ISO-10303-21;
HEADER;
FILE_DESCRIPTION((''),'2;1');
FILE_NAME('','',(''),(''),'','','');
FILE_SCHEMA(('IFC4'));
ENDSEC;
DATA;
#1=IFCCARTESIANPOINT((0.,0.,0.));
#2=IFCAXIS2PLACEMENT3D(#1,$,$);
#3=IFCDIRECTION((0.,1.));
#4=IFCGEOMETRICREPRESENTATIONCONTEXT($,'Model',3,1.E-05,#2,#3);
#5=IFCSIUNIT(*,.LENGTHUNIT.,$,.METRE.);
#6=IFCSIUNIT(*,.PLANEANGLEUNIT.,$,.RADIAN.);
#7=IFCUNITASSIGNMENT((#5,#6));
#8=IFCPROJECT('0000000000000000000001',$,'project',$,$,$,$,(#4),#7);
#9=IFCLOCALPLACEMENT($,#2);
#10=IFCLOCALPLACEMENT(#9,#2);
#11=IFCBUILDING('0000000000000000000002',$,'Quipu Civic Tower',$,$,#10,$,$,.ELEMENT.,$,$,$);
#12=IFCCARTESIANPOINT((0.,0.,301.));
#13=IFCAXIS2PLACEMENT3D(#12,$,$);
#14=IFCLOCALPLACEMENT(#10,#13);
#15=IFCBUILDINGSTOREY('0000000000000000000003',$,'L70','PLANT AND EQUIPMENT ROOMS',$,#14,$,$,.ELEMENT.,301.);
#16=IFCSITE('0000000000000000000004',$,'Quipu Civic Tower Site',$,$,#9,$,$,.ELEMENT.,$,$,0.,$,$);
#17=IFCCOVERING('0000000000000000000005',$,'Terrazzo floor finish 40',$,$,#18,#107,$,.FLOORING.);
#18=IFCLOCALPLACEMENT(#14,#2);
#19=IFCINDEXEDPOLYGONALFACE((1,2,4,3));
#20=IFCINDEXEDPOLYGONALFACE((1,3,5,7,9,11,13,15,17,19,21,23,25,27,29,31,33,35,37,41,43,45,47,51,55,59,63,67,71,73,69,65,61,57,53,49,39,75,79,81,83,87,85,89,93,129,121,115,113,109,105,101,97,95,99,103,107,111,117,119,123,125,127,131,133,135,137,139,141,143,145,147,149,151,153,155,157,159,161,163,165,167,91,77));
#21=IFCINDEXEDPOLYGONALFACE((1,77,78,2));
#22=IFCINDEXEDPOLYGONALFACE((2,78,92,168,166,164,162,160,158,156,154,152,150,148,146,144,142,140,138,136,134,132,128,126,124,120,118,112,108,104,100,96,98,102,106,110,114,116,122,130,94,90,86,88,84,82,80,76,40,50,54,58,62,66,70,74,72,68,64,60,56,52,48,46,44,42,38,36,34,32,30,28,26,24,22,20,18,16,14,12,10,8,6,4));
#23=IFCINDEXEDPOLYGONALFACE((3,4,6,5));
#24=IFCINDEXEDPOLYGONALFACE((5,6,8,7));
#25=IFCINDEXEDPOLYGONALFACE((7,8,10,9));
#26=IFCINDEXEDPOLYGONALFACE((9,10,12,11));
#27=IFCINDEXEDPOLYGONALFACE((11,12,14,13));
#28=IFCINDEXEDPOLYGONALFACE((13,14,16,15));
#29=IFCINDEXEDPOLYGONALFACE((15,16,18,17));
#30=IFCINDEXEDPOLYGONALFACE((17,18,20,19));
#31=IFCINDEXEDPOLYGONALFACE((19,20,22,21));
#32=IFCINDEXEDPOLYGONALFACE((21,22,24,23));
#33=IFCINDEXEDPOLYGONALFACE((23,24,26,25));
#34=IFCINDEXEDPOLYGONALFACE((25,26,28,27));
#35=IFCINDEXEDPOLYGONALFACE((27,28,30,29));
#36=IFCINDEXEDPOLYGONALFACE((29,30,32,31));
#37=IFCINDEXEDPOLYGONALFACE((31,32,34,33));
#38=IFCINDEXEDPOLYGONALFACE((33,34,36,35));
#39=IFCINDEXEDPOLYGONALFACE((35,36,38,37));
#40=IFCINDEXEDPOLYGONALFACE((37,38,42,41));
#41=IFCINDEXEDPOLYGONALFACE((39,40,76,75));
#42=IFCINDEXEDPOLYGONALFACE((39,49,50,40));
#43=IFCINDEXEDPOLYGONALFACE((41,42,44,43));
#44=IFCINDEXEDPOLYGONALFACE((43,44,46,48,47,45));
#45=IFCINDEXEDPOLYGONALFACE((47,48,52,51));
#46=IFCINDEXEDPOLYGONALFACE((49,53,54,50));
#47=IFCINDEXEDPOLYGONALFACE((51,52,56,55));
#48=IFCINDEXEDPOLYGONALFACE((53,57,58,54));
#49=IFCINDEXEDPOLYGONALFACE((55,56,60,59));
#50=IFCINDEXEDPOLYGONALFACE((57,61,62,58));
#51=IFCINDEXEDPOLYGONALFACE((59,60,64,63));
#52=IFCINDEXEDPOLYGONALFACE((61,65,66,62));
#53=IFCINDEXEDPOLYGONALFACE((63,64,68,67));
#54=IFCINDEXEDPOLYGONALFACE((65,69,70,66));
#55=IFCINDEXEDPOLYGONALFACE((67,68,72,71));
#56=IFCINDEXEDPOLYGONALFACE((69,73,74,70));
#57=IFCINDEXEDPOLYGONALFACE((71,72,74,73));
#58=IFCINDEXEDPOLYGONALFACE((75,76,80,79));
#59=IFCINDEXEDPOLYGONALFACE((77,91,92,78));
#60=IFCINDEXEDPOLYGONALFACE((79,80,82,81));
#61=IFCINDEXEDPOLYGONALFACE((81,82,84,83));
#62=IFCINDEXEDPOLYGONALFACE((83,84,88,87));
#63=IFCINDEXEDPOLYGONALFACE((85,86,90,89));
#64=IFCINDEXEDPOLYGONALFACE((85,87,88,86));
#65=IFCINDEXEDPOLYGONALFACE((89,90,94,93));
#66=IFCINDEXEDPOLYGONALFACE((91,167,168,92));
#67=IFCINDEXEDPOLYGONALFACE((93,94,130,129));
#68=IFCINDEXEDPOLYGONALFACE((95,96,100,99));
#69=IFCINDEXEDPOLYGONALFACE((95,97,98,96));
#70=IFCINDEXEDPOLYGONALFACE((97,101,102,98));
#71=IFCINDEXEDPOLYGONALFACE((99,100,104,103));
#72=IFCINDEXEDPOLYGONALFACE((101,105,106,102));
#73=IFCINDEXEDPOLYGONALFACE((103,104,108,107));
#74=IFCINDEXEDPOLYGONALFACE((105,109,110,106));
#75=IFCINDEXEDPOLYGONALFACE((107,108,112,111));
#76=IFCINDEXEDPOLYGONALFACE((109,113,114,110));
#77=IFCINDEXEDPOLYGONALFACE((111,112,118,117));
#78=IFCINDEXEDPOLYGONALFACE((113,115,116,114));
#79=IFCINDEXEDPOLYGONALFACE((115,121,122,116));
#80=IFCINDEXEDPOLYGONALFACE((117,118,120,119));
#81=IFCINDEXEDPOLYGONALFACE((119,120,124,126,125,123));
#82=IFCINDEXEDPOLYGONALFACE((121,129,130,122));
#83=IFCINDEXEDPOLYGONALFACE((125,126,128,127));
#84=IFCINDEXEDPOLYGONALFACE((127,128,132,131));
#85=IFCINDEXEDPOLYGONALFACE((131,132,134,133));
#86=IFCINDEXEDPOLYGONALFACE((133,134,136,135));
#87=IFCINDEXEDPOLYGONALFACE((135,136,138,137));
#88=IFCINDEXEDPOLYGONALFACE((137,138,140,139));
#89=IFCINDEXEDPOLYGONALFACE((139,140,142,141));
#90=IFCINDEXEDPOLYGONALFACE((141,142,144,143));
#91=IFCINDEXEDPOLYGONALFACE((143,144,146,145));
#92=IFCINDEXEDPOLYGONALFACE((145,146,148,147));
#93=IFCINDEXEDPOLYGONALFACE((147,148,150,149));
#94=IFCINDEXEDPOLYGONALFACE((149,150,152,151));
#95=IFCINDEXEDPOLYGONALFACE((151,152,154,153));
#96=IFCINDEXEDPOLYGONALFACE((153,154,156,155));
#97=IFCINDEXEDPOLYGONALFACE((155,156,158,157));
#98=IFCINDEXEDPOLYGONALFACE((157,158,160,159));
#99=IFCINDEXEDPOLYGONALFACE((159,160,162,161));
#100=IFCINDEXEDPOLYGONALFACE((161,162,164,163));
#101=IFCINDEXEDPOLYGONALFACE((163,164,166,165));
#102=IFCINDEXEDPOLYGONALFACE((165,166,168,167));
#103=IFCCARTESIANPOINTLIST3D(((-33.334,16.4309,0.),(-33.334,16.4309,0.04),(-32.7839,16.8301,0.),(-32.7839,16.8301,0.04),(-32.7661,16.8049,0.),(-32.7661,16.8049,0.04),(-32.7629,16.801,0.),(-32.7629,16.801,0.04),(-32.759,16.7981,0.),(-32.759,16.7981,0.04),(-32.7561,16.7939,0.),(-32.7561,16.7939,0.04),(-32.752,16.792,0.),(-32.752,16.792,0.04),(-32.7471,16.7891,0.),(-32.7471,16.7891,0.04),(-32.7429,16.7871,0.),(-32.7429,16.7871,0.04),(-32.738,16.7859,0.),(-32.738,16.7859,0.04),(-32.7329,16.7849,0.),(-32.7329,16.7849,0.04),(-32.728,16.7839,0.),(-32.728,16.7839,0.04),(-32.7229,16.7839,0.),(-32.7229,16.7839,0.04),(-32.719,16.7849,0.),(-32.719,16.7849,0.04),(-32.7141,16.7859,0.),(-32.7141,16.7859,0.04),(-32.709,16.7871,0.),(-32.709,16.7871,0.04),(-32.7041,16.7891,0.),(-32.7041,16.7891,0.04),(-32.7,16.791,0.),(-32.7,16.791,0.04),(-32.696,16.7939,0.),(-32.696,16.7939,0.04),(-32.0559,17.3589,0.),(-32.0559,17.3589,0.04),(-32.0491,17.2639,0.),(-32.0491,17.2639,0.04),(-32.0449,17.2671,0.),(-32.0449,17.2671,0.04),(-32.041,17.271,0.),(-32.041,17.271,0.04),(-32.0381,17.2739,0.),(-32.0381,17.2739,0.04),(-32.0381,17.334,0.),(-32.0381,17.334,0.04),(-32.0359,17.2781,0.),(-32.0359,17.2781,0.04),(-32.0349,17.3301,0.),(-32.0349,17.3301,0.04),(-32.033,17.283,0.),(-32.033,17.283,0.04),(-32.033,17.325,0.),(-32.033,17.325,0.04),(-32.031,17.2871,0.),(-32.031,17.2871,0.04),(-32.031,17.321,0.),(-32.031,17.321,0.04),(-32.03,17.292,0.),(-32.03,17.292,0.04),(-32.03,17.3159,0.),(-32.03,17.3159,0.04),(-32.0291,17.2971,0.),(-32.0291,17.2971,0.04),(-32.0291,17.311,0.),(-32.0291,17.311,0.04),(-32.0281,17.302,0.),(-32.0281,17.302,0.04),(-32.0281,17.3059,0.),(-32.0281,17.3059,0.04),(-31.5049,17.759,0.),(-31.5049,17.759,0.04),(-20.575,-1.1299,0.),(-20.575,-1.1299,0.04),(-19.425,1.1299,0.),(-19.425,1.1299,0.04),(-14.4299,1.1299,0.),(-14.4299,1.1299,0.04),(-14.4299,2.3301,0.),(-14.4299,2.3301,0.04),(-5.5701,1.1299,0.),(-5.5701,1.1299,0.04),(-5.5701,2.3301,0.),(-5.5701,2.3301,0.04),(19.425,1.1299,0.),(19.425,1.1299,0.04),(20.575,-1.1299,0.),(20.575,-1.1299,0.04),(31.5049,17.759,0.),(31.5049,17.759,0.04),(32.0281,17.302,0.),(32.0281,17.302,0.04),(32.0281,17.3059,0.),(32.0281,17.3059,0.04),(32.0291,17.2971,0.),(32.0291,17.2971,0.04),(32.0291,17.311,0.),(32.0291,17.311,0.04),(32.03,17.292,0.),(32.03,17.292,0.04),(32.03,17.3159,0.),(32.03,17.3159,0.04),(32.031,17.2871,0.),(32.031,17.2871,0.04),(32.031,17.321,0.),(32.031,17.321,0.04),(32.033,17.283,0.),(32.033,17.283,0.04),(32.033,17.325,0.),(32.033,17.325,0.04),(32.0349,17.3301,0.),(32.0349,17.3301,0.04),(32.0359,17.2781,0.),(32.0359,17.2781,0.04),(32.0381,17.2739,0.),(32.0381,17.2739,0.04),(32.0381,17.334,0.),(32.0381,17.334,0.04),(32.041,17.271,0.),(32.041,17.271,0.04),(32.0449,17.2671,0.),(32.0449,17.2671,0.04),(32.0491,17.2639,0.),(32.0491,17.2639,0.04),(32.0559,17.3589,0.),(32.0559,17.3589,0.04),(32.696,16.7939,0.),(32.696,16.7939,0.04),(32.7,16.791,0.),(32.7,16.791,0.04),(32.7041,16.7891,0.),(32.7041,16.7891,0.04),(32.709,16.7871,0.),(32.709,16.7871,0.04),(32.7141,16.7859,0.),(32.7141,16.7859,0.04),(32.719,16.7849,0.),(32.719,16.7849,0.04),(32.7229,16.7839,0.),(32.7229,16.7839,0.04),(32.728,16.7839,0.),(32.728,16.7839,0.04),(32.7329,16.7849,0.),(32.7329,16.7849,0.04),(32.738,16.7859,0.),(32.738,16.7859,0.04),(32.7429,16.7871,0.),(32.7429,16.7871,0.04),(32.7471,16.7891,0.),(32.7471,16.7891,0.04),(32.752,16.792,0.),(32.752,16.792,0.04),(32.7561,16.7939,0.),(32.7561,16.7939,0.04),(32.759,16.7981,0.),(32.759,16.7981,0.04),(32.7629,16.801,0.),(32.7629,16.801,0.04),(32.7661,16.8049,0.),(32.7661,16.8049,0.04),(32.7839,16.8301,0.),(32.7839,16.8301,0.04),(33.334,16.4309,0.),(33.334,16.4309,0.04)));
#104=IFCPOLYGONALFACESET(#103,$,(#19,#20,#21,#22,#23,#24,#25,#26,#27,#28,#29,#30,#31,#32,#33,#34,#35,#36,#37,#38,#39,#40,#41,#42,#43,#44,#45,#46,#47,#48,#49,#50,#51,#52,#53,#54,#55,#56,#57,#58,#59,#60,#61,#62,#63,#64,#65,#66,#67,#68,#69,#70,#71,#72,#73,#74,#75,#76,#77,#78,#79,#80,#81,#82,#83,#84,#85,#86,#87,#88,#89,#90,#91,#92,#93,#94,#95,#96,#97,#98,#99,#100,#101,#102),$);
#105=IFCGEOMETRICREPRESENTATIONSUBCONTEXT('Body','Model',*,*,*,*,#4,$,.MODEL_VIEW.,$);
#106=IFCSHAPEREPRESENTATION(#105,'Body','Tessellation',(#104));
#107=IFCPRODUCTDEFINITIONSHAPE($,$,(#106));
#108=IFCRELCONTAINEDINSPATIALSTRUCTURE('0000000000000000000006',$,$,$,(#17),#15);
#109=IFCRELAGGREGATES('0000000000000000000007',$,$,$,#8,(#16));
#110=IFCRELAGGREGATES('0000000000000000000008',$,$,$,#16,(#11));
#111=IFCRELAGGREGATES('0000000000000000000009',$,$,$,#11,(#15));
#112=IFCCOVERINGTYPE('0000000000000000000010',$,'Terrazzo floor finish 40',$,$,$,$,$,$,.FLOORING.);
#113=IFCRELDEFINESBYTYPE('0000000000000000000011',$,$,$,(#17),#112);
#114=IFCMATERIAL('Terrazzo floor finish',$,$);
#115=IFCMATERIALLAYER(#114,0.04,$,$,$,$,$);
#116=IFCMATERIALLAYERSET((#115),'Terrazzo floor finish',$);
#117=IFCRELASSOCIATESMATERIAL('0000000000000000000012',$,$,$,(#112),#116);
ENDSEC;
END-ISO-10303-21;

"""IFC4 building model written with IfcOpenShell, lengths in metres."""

from ifc_helpers import new_model, si_unit, direction, frame, origin, place, context, subcontext, project, spatial, polyline, outline, extrude, material, layer, layer_set, type_object, element, save


model = new_model("IFC4")

# Units and contexts
model_context = context("Model", 3, precision=1e-05, world=origin(), true_north=direction((0.0, 1.0)))
body_context = subcontext(model_context, "Body", "Model", "MODEL_VIEW")
ifc_project = project(units=[si_unit("LENGTHUNIT", "METRE"), si_unit("PLANEANGLEUNIT", "RADIAN")], contexts=[model_context])

# Site, building, storey
site_placement = place(None, origin())
site = spatial("IfcSite", under=ifc_project, at=site_placement, Name="Quipu Civic Tower Site", CompositionType="ELEMENT", RefElevation=0.0)
building_placement = place(site_placement, origin())
building = spatial("IfcBuilding", under=site, at=building_placement, Name="Quipu Civic Tower", CompositionType="ELEMENT")
storey_placement = place(building_placement, frame((0.0, 0.0, 301.0)))
storey = spatial("IfcBuildingStorey", under=building, at=storey_placement, Name="L70", Description="PLANT AND EQUIPMENT ROOMS", CompositionType="ELEMENT", Elevation=301.0)

# Covering
ifc_material_1 = material(Name="Terrazzo floor finish")
ifc_layer_1 = layer(ifc_material_1, 0.04)
ifc_layer_set_1 = layer_set([ifc_layer_1], Name="Terrazzo floor finish")
covering_type_1 = type_object("IfcCoveringType", Name="Terrazzo floor finish 40", PredefinedType="FLOORING", material=ifc_layer_set_1)
covering_1_placement = place(storey_placement, origin())
element("IfcCovering", 1, at=covering_1_placement, inside=storey, type_object=covering_type_1, Name="Terrazzo floor finish 40", PredefinedType="FLOORING", context=body_context, shape_type="SweptSolid", body=[
    extrude(outline(polyline([(-5.5701, 2.3301), (-5.5701, 1.1299), (19.425, 1.1299), (31.5049, 17.759), (32.0559, 17.3589), (32.0381, 17.334), (32.0349, 17.3301), (32.033, 17.325), (32.031, 17.321), (32.03, 17.3159), (32.0291, 17.311), (32.0281, 17.3059), (32.0281, 17.302), (32.0291, 17.2971), (32.03, 17.292), (32.031, 17.2871), (32.033, 17.283), (32.0359, 17.2781), (32.0381, 17.2739), (32.041, 17.271), (32.0449, 17.2671), (32.0491, 17.2639), (32.696, 16.7939), (32.7, 16.791), (32.7041, 16.7891), (32.709, 16.7871), (32.7141, 16.7859), (32.719, 16.7849), (32.7229, 16.7839), (32.728, 16.7839), (32.7329, 16.7849), (32.738, 16.7859), (32.7429, 16.7871), (32.7471, 16.7891), (32.752, 16.792), (32.7561, 16.7939), (32.759, 16.7981), (32.7629, 16.801), (32.7661, 16.8049), (32.7839, 16.8301), (33.334, 16.4309), (20.575, -1.1299), (-20.575, -1.1299), (-33.334, 16.4309), (-32.7839, 16.8301), (-32.7661, 16.8049), (-32.7629, 16.801), (-32.759, 16.7981), (-32.7561, 16.7939), (-32.752, 16.792), (-32.7471, 16.7891), (-32.7429, 16.7871), (-32.738, 16.7859), (-32.7329, 16.7849), (-32.728, 16.7839), (-32.7229, 16.7839), (-32.719, 16.7849), (-32.7141, 16.7859), (-32.709, 16.7871), (-32.7041, 16.7891), (-32.7, 16.791), (-32.696, 16.7939), (-32.0491, 17.2639), (-32.0449, 17.2671), (-32.041, 17.271), (-32.0381, 17.2739), (-32.0359, 17.2781), (-32.033, 17.283), (-32.031, 17.2871), (-32.03, 17.292), (-32.0291, 17.2971), (-32.0281, 17.302), (-32.0281, 17.3059), (-32.0291, 17.311), (-32.03, 17.3159), (-32.031, 17.321), (-32.033, 17.325), (-32.0349, 17.3301), (-32.0381, 17.334), (-32.0559, 17.3589), (-31.5049, 17.759), (-19.425, 1.1299), (-14.4299, 1.1299), (-14.4299, 2.3301), (-5.5701, 2.3301)])), origin(), (0.0, 0.0, 1.0), 0.04),
])

save(model, "model.ifc")
